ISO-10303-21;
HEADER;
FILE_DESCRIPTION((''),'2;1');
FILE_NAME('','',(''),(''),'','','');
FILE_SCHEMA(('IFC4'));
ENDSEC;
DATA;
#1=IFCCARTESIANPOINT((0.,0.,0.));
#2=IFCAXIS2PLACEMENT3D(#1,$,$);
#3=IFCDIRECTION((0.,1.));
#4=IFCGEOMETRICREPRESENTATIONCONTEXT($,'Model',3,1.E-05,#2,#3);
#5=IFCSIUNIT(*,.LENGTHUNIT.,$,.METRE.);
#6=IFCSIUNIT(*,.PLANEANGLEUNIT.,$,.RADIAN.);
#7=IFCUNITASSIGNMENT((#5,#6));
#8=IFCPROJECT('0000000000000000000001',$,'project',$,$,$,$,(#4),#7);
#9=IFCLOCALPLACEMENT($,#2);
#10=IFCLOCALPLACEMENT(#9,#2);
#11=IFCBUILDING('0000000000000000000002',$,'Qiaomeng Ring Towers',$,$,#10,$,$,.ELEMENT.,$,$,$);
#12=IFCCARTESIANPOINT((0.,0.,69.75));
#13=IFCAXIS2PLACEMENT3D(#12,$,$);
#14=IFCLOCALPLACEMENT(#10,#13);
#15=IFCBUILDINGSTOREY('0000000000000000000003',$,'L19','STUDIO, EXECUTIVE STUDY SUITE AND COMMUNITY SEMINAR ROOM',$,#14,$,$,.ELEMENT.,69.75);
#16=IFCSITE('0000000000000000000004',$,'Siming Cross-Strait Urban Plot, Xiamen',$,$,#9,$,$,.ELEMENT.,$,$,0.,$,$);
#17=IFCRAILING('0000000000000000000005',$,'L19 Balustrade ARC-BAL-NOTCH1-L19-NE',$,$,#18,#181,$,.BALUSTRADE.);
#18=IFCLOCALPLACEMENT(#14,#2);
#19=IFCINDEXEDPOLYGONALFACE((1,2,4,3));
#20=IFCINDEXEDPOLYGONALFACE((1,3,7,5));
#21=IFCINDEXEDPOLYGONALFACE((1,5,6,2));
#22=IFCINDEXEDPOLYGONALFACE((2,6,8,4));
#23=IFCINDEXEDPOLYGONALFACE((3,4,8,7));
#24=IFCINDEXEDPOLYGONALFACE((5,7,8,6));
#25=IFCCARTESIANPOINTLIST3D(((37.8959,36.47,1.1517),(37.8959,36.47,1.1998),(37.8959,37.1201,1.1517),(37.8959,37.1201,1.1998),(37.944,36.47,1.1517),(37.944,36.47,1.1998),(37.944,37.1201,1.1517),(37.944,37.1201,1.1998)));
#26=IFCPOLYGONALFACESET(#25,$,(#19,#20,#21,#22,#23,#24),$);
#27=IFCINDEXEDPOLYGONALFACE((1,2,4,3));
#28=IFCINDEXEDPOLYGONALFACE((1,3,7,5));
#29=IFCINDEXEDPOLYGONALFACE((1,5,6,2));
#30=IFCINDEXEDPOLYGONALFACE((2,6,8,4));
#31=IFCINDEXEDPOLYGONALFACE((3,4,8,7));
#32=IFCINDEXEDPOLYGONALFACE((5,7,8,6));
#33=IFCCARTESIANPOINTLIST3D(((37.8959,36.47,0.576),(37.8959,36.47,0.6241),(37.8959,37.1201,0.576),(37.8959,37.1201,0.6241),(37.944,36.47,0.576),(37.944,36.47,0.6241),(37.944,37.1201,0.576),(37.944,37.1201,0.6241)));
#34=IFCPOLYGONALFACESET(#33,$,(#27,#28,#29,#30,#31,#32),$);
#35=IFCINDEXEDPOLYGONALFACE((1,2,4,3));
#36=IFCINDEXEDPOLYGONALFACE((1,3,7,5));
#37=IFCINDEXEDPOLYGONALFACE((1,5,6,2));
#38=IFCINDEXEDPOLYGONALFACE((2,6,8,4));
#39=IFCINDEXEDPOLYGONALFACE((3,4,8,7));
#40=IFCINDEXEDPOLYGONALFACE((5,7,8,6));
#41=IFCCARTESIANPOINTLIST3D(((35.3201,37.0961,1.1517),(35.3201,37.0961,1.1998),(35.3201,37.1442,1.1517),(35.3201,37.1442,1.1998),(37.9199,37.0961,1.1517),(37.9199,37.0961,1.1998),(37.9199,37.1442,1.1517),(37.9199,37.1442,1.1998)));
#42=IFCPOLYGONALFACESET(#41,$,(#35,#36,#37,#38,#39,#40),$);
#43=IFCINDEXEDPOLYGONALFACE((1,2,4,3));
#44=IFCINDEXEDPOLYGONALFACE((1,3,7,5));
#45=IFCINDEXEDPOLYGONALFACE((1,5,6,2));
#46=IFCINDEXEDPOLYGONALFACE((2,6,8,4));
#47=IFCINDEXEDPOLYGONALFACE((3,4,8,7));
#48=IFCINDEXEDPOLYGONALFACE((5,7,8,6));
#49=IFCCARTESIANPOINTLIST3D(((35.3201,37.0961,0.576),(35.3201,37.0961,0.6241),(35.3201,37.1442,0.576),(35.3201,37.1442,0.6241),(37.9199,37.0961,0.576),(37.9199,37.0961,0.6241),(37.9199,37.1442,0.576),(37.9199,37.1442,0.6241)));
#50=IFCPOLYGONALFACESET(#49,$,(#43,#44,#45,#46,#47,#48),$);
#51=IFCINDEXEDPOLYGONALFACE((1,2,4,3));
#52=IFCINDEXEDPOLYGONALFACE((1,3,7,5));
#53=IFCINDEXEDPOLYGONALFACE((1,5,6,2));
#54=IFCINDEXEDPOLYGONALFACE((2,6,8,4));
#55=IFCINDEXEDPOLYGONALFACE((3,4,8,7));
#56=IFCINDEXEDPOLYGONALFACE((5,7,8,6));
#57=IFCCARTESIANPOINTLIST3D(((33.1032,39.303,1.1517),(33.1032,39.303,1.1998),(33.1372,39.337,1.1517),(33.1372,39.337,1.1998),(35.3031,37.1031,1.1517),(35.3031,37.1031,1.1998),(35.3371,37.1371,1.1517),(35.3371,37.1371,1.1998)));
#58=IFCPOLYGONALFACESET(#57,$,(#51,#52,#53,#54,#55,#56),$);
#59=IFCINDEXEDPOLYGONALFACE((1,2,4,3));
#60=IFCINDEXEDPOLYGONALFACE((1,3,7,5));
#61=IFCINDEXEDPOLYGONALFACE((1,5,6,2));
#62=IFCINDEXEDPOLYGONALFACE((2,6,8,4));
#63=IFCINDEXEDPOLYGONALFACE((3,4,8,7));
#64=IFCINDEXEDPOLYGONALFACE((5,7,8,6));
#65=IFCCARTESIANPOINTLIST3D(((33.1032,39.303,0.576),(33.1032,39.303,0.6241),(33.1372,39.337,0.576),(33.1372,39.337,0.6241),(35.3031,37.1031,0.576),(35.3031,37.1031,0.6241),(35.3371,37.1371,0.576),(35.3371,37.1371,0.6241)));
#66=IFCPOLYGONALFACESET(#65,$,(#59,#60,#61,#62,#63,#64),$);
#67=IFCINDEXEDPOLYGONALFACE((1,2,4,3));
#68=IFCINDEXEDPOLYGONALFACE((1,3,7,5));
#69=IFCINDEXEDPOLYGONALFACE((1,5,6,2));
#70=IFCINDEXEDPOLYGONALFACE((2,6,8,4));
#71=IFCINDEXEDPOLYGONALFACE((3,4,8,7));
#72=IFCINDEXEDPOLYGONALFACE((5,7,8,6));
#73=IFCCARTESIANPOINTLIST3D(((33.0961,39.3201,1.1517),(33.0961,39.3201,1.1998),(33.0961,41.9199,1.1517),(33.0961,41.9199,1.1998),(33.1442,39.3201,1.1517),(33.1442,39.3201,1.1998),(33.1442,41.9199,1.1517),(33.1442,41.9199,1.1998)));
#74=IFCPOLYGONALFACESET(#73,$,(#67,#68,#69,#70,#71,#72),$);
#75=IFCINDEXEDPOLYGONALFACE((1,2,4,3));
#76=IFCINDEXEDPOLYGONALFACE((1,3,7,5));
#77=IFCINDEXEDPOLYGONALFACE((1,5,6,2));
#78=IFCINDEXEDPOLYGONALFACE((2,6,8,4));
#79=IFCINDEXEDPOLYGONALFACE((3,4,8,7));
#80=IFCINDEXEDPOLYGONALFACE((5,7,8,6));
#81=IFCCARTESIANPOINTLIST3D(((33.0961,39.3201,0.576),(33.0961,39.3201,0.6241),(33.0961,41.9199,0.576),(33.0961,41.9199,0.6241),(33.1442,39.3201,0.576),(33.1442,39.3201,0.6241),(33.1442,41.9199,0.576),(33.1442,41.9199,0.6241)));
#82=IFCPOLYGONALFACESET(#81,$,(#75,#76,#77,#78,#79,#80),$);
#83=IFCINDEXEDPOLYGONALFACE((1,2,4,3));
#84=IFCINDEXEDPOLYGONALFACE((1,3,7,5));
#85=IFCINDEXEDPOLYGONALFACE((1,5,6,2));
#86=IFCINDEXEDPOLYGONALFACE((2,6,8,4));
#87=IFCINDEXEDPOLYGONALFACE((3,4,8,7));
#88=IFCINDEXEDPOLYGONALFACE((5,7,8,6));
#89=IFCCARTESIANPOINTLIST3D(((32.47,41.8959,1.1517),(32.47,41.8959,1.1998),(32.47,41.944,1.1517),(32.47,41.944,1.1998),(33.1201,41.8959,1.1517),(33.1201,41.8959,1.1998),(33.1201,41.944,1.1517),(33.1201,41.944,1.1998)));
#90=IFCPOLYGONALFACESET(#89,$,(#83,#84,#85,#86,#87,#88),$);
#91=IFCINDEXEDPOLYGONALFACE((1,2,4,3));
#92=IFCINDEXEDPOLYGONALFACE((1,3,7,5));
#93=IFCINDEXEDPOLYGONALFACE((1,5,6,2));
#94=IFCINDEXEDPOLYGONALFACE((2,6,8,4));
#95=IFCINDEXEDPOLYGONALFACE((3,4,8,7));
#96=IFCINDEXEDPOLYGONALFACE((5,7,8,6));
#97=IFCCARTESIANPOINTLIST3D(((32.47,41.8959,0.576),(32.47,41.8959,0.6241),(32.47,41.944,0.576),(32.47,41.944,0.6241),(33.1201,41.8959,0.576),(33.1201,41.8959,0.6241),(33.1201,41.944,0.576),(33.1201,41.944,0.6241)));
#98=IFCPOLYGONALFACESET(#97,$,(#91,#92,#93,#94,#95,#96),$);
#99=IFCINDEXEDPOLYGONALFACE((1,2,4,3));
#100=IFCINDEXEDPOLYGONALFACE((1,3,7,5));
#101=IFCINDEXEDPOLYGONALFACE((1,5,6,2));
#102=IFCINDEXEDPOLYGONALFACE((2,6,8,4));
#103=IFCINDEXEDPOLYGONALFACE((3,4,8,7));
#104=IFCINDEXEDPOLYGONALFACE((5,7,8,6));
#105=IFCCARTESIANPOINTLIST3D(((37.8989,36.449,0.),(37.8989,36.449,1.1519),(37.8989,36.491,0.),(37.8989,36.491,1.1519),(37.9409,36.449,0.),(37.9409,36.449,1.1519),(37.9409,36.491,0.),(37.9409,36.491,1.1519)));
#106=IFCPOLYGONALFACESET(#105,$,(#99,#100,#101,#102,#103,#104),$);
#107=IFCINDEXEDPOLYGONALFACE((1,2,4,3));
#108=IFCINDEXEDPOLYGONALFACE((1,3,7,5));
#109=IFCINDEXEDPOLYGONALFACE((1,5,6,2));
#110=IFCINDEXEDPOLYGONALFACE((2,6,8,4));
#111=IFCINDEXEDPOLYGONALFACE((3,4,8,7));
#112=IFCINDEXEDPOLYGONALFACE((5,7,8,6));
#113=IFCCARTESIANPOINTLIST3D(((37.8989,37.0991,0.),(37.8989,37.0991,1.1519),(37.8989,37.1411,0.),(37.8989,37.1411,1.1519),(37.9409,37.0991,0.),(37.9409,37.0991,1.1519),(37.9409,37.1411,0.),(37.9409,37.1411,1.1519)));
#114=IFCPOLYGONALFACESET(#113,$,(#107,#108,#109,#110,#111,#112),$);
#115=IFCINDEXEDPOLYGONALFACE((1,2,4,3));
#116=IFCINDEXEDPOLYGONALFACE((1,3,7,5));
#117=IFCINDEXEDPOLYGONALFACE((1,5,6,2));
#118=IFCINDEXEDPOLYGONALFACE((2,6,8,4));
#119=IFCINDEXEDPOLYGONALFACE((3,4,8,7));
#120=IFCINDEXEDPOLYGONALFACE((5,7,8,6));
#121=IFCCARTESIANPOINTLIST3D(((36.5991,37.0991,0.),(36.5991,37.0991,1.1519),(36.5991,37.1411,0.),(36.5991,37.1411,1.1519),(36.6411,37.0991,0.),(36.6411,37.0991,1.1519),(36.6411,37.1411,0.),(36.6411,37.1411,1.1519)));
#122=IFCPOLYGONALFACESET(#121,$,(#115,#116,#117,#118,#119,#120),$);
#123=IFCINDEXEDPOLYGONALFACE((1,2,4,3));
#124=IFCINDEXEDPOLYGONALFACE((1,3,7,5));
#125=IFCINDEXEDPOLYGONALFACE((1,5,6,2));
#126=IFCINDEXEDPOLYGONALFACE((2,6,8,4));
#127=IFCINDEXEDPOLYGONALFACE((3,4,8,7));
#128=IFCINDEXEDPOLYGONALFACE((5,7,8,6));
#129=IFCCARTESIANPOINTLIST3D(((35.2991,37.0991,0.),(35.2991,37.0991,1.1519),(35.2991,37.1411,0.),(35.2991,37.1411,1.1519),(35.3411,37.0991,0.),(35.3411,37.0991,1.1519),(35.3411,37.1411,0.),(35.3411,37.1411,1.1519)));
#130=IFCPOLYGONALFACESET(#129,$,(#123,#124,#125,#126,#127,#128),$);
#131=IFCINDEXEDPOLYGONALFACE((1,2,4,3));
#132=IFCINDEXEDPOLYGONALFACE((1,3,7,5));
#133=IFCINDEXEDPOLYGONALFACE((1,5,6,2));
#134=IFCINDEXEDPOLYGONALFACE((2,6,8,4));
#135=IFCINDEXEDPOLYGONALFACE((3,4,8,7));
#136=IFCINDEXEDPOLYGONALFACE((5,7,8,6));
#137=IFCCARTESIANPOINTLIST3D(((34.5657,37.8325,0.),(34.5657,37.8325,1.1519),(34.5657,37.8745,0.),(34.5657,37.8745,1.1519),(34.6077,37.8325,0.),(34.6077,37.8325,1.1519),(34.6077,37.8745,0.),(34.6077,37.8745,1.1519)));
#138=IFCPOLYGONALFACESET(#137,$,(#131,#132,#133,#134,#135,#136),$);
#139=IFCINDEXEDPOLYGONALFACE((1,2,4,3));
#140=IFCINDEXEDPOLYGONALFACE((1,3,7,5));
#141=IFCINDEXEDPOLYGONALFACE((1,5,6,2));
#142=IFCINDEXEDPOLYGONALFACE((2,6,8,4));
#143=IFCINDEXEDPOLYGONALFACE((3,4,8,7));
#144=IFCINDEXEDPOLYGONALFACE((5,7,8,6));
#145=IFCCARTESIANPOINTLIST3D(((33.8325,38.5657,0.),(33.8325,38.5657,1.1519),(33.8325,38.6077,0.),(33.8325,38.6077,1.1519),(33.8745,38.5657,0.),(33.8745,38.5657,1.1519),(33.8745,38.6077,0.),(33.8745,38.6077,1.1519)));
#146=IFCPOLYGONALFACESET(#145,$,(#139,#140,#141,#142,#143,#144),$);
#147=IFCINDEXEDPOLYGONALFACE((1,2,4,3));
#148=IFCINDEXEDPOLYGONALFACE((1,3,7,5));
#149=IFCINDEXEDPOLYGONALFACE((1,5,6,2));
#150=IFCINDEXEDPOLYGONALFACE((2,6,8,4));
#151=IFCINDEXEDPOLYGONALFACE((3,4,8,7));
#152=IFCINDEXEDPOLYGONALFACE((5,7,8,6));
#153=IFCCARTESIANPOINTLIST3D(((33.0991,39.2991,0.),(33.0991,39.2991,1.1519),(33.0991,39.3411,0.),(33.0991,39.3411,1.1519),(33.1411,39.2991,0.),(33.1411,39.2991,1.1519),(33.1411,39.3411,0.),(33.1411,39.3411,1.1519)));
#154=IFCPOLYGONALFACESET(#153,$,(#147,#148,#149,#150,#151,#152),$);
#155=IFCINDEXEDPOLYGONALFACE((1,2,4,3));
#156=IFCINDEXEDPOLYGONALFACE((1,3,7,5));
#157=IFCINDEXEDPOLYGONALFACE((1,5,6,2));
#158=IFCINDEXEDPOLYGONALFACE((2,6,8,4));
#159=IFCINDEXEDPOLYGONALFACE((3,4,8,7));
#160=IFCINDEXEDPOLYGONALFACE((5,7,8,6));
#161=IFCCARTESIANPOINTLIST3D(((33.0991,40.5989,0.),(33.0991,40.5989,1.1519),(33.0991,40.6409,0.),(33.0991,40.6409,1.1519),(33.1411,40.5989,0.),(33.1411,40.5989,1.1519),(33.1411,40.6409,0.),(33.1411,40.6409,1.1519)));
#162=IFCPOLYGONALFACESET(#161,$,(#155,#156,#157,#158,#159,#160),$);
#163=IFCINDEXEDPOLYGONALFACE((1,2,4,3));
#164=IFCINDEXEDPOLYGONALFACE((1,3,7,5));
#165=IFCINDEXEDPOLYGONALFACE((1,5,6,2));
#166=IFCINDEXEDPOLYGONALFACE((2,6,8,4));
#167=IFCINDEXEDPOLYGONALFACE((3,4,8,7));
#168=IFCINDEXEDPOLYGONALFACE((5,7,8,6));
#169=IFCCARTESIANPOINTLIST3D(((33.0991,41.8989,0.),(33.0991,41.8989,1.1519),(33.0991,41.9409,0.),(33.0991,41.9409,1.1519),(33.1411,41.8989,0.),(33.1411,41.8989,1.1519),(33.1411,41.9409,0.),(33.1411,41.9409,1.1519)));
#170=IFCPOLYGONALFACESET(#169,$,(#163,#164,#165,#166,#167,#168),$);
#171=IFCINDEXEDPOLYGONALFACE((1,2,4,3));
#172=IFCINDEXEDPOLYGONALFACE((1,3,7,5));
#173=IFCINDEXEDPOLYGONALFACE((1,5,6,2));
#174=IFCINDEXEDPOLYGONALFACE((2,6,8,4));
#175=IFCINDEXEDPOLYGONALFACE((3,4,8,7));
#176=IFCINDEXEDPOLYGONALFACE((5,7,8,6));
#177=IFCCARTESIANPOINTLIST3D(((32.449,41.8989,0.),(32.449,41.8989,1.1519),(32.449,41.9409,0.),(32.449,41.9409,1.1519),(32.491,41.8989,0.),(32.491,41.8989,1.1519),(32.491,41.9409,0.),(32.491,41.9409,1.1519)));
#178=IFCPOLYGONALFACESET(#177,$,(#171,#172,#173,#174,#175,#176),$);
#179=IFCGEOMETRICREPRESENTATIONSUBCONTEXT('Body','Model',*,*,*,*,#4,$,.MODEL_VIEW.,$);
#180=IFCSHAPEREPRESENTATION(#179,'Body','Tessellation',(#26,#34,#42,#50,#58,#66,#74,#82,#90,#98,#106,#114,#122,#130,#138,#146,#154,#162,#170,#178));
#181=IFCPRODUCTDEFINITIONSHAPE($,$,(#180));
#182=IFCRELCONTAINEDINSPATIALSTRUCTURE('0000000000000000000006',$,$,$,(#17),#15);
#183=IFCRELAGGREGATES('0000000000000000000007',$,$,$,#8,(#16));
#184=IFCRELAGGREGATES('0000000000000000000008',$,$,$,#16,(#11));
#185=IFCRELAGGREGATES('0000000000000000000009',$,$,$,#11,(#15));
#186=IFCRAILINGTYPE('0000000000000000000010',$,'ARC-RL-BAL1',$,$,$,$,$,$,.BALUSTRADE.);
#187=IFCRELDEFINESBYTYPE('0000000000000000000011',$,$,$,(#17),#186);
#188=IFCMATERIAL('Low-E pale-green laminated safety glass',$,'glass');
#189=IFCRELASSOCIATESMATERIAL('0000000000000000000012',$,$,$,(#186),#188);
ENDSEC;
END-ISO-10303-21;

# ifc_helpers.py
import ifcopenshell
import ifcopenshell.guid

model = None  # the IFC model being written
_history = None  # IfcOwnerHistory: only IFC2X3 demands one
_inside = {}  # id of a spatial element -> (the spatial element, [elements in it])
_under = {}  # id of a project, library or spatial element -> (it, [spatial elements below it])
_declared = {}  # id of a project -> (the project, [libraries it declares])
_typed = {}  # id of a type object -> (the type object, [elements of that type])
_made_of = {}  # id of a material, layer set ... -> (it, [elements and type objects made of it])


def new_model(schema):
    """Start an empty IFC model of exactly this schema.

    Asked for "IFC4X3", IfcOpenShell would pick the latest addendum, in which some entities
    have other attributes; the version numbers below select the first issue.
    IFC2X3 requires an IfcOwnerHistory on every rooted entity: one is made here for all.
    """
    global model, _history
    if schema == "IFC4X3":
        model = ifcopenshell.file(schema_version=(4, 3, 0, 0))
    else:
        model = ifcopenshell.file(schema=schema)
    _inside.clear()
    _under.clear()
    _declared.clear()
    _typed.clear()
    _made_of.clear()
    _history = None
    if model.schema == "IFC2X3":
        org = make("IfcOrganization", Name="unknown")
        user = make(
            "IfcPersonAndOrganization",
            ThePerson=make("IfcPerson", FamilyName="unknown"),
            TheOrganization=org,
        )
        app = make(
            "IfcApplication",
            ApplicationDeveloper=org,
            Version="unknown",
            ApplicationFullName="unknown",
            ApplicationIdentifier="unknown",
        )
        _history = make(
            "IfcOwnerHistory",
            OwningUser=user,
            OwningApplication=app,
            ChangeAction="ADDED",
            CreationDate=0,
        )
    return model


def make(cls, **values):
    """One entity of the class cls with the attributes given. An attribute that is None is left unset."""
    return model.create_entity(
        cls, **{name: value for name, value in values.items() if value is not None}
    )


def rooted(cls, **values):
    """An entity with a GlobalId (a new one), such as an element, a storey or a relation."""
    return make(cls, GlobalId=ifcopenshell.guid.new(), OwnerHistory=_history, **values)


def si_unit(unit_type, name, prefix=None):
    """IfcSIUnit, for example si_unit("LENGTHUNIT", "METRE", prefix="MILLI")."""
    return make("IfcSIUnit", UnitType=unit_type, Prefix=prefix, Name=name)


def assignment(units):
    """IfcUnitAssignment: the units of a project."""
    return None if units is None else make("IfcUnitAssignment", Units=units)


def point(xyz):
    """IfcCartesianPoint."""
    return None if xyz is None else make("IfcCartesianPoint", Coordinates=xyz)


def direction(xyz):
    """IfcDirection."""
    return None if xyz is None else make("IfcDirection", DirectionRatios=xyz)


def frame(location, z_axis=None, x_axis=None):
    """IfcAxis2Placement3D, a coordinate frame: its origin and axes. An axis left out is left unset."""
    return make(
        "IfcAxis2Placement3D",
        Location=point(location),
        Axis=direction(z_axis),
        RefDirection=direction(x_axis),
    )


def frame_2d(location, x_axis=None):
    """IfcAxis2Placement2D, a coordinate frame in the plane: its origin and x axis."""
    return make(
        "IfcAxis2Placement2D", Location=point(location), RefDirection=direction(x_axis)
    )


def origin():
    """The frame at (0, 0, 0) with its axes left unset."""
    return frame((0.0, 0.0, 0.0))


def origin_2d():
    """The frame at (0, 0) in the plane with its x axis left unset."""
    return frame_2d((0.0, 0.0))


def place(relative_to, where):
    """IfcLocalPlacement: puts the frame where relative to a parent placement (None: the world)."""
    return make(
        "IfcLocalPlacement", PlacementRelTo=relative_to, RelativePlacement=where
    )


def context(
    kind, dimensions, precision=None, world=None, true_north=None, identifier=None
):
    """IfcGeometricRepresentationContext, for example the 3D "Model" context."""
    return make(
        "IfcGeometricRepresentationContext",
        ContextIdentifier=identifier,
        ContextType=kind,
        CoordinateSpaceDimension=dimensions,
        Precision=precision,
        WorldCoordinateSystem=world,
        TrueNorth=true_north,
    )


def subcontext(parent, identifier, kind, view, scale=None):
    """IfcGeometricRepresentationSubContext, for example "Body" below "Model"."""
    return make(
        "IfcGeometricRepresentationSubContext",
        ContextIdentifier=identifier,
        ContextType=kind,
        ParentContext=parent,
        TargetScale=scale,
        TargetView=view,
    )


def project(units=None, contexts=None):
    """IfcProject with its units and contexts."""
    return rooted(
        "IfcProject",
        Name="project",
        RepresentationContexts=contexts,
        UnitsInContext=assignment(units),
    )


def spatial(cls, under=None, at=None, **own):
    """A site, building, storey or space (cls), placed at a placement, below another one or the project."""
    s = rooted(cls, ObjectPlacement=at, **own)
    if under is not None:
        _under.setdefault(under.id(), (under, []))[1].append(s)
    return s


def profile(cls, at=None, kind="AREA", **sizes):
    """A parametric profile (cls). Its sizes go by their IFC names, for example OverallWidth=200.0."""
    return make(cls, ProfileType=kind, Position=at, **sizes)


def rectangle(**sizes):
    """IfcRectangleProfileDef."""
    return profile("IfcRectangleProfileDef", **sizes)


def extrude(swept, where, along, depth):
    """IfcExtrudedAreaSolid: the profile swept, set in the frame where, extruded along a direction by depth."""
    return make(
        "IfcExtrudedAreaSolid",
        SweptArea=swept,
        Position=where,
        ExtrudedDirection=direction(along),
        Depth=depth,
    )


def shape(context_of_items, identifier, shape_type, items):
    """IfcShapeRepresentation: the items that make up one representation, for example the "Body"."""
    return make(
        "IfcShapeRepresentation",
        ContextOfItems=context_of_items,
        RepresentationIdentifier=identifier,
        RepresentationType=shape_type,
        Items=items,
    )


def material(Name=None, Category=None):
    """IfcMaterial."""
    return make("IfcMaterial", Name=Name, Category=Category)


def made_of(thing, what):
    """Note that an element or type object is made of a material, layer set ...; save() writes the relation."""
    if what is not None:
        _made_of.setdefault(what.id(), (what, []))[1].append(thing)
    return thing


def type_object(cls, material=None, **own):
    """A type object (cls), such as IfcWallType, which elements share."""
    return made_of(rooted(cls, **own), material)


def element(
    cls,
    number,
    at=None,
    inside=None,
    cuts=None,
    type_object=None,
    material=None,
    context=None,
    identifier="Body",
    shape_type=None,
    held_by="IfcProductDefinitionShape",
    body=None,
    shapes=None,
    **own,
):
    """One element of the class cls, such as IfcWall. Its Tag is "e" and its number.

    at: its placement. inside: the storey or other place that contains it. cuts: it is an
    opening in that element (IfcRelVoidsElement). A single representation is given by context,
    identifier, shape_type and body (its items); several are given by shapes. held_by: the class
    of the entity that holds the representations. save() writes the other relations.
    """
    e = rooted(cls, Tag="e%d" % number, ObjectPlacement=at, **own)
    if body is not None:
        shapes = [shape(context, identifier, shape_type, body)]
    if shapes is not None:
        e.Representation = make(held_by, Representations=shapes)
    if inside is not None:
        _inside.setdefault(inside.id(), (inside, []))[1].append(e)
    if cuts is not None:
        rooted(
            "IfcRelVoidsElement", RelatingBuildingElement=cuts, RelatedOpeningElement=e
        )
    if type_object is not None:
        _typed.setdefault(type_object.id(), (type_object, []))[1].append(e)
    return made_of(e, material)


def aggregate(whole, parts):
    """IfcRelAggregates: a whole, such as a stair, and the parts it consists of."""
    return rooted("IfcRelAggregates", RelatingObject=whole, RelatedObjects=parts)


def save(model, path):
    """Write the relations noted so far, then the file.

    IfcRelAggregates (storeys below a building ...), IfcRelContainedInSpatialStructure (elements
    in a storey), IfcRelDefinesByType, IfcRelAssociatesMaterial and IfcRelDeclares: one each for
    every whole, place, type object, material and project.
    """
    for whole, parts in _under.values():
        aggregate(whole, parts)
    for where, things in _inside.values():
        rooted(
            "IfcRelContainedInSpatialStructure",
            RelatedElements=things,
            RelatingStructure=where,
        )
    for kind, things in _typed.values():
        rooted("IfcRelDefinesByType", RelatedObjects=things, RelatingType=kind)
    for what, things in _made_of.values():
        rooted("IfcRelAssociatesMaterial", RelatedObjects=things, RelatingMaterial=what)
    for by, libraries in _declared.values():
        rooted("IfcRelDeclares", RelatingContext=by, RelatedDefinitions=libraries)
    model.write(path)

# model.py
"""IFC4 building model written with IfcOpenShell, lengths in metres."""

from ifc_helpers import new_model, si_unit, direction, frame, origin, origin_2d, place, context, subcontext, project, spatial, rectangle, extrude, material, type_object, element, save


model = new_model("IFC4")

# Units and contexts
model_context = context("Model", 3, precision=1e-05, world=origin(), true_north=direction((0.0, 1.0)))
body_context = subcontext(model_context, "Body", "Model", "MODEL_VIEW")
ifc_project = project(units=[si_unit("LENGTHUNIT", "METRE"), si_unit("PLANEANGLEUNIT", "RADIAN")], contexts=[model_context])

# Site, building, storey
site_placement = place(None, origin())
site = spatial("IfcSite", under=ifc_project, at=site_placement, Name="Siming Cross-Strait Urban Plot, Xiamen", CompositionType="ELEMENT", RefElevation=0.0)
building_placement = place(site_placement, origin())
building = spatial("IfcBuilding", under=site, at=building_placement, Name="Qiaomeng Ring Towers", CompositionType="ELEMENT")
storey_placement = place(building_placement, frame((0.0, 0.0, 69.75)))
storey = spatial("IfcBuildingStorey", under=building, at=storey_placement, Name="L19", Description="STUDIO, EXECUTIVE STUDY SUITE AND COMMUNITY SEMINAR ROOM", CompositionType="ELEMENT", Elevation=69.75)

# Railing
ifc_material_1 = material(Name="Low-E pale-green laminated safety glass", Category="glass")
railing_type = type_object("IfcRailingType", Name="ARC-RL-BAL1", PredefinedType="BALUSTRADE", material=ifc_material_1)
railing_placement = place(storey_placement, frame((37.9199, 36.47, 0.0)))
element("IfcRailing", 1, at=railing_placement, inside=storey, type_object=railing_type, Name="L19 Balustrade ARC-BAL-NOTCH1-L19-NE", PredefinedType="BALUSTRADE", context=body_context, shape_type="SweptSolid", body=[
    extrude(rectangle(XDim=0.0481, YDim=0.0481, at=origin_2d()), frame((0.0, 0.0, 1.1758), z_axis=(0.0, 1.0, 0.0), x_axis=(-1.0, 0.0, 0.0)), (0.0, 0.0, 1.0), 0.6501),
    extrude(rectangle(XDim=0.0481, YDim=0.0481, at=origin_2d()), frame((0.0, 0.0, 0.6001), z_axis=(0.0, 1.0, 0.0), x_axis=(-1.0, 0.0, 0.0)), (0.0, 0.0, 1.0), 0.6501),
    extrude(rectangle(XDim=0.0481, YDim=0.0481, at=origin_2d()), frame((0.0, 0.6501, 1.1758), z_axis=(-1.0, 0.0, 0.0), x_axis=(0.0, -1.0, 0.0)), (0.0, 0.0, 1.0), 2.5999),
    extrude(rectangle(XDim=0.0481, YDim=0.0481, at=origin_2d()), frame((0.0, 0.6501, 0.6001), z_axis=(-1.0, 0.0, 0.0), x_axis=(0.0, -1.0, 0.0)), (0.0, 0.0, 1.0), 2.5999),
    extrude(rectangle(XDim=0.0481, YDim=0.0481, at=origin_2d()), frame((-2.5999, 0.6501, 1.1758), z_axis=(-0.707107, 0.707107, 0.0), x_axis=(-0.707107, -0.707107, 0.0)), (0.0, 0.0, 1.0), 3.1111),
    extrude(rectangle(XDim=0.0481, YDim=0.0481, at=origin_2d()), frame((-2.5999, 0.6501, 0.6001), z_axis=(-0.707107, 0.707107, 0.0), x_axis=(-0.707107, -0.707107, 0.0)), (0.0, 0.0, 1.0), 3.1111),
    extrude(rectangle(XDim=0.0481, YDim=0.0481, at=origin_2d()), frame((-4.7998, 2.8501, 1.1758), z_axis=(0.0, 1.0, 0.0), x_axis=(-1.0, 0.0, 0.0)), (0.0, 0.0, 1.0), 2.5999),
    extrude(rectangle(XDim=0.0481, YDim=0.0481, at=origin_2d()), frame((-4.7998, 2.8501, 0.6001), z_axis=(0.0, 1.0, 0.0), x_axis=(-1.0, 0.0, 0.0)), (0.0, 0.0, 1.0), 2.5999),
    extrude(rectangle(XDim=0.0481, YDim=0.0481, at=origin_2d()), frame((-4.7998, 5.45, 1.1758), z_axis=(-1.0, 0.0, 0.0), x_axis=(0.0, -1.0, 0.0)), (0.0, 0.0, 1.0), 0.6501),
    extrude(rectangle(XDim=0.0481, YDim=0.0481, at=origin_2d()), frame((-4.7998, 5.45, 0.6001), z_axis=(-1.0, 0.0, 0.0), x_axis=(0.0, -1.0, 0.0)), (0.0, 0.0, 1.0), 0.6501),
    extrude(rectangle(XDim=0.042, YDim=0.042, at=origin_2d()), origin(), (0.0, 0.0, 1.0), 1.1519),
    extrude(rectangle(XDim=0.042, YDim=0.042, at=origin_2d()), frame((0.0, 0.6501, 0.0)), (0.0, 0.0, 1.0), 1.1519),
    extrude(rectangle(XDim=0.042, YDim=0.042, at=origin_2d()), frame((-1.2998, 0.6501, 0.0)), (0.0, 0.0, 1.0), 1.1519),
    extrude(rectangle(XDim=0.042, YDim=0.042, at=origin_2d()), frame((-2.5999, 0.6501, 0.0)), (0.0, 0.0, 1.0), 1.1519),
    extrude(rectangle(XDim=0.042, YDim=0.042, at=origin_2d()), frame((-3.3333, 1.3835, 0.0)), (0.0, 0.0, 1.0), 1.1519),
    extrude(rectangle(XDim=0.042, YDim=0.042, at=origin_2d()), frame((-4.0664, 2.1167, 0.0)), (0.0, 0.0, 1.0), 1.1519),
    extrude(rectangle(XDim=0.042, YDim=0.042, at=origin_2d()), frame((-4.7998, 2.8501, 0.0)), (0.0, 0.0, 1.0), 1.1519),
    extrude(rectangle(XDim=0.042, YDim=0.042, at=origin_2d()), frame((-4.7998, 4.1499, 0.0)), (0.0, 0.0, 1.0), 1.1519),
    extrude(rectangle(XDim=0.042, YDim=0.042, at=origin_2d()), frame((-4.7998, 5.45, 0.0)), (0.0, 0.0, 1.0), 1.1519),
    extrude(rectangle(XDim=0.042, YDim=0.042, at=origin_2d()), frame((-5.45, 5.45, 0.0)), (0.0, 0.0, 1.0), 1.1519),
])

save(model, "model.ifc")
